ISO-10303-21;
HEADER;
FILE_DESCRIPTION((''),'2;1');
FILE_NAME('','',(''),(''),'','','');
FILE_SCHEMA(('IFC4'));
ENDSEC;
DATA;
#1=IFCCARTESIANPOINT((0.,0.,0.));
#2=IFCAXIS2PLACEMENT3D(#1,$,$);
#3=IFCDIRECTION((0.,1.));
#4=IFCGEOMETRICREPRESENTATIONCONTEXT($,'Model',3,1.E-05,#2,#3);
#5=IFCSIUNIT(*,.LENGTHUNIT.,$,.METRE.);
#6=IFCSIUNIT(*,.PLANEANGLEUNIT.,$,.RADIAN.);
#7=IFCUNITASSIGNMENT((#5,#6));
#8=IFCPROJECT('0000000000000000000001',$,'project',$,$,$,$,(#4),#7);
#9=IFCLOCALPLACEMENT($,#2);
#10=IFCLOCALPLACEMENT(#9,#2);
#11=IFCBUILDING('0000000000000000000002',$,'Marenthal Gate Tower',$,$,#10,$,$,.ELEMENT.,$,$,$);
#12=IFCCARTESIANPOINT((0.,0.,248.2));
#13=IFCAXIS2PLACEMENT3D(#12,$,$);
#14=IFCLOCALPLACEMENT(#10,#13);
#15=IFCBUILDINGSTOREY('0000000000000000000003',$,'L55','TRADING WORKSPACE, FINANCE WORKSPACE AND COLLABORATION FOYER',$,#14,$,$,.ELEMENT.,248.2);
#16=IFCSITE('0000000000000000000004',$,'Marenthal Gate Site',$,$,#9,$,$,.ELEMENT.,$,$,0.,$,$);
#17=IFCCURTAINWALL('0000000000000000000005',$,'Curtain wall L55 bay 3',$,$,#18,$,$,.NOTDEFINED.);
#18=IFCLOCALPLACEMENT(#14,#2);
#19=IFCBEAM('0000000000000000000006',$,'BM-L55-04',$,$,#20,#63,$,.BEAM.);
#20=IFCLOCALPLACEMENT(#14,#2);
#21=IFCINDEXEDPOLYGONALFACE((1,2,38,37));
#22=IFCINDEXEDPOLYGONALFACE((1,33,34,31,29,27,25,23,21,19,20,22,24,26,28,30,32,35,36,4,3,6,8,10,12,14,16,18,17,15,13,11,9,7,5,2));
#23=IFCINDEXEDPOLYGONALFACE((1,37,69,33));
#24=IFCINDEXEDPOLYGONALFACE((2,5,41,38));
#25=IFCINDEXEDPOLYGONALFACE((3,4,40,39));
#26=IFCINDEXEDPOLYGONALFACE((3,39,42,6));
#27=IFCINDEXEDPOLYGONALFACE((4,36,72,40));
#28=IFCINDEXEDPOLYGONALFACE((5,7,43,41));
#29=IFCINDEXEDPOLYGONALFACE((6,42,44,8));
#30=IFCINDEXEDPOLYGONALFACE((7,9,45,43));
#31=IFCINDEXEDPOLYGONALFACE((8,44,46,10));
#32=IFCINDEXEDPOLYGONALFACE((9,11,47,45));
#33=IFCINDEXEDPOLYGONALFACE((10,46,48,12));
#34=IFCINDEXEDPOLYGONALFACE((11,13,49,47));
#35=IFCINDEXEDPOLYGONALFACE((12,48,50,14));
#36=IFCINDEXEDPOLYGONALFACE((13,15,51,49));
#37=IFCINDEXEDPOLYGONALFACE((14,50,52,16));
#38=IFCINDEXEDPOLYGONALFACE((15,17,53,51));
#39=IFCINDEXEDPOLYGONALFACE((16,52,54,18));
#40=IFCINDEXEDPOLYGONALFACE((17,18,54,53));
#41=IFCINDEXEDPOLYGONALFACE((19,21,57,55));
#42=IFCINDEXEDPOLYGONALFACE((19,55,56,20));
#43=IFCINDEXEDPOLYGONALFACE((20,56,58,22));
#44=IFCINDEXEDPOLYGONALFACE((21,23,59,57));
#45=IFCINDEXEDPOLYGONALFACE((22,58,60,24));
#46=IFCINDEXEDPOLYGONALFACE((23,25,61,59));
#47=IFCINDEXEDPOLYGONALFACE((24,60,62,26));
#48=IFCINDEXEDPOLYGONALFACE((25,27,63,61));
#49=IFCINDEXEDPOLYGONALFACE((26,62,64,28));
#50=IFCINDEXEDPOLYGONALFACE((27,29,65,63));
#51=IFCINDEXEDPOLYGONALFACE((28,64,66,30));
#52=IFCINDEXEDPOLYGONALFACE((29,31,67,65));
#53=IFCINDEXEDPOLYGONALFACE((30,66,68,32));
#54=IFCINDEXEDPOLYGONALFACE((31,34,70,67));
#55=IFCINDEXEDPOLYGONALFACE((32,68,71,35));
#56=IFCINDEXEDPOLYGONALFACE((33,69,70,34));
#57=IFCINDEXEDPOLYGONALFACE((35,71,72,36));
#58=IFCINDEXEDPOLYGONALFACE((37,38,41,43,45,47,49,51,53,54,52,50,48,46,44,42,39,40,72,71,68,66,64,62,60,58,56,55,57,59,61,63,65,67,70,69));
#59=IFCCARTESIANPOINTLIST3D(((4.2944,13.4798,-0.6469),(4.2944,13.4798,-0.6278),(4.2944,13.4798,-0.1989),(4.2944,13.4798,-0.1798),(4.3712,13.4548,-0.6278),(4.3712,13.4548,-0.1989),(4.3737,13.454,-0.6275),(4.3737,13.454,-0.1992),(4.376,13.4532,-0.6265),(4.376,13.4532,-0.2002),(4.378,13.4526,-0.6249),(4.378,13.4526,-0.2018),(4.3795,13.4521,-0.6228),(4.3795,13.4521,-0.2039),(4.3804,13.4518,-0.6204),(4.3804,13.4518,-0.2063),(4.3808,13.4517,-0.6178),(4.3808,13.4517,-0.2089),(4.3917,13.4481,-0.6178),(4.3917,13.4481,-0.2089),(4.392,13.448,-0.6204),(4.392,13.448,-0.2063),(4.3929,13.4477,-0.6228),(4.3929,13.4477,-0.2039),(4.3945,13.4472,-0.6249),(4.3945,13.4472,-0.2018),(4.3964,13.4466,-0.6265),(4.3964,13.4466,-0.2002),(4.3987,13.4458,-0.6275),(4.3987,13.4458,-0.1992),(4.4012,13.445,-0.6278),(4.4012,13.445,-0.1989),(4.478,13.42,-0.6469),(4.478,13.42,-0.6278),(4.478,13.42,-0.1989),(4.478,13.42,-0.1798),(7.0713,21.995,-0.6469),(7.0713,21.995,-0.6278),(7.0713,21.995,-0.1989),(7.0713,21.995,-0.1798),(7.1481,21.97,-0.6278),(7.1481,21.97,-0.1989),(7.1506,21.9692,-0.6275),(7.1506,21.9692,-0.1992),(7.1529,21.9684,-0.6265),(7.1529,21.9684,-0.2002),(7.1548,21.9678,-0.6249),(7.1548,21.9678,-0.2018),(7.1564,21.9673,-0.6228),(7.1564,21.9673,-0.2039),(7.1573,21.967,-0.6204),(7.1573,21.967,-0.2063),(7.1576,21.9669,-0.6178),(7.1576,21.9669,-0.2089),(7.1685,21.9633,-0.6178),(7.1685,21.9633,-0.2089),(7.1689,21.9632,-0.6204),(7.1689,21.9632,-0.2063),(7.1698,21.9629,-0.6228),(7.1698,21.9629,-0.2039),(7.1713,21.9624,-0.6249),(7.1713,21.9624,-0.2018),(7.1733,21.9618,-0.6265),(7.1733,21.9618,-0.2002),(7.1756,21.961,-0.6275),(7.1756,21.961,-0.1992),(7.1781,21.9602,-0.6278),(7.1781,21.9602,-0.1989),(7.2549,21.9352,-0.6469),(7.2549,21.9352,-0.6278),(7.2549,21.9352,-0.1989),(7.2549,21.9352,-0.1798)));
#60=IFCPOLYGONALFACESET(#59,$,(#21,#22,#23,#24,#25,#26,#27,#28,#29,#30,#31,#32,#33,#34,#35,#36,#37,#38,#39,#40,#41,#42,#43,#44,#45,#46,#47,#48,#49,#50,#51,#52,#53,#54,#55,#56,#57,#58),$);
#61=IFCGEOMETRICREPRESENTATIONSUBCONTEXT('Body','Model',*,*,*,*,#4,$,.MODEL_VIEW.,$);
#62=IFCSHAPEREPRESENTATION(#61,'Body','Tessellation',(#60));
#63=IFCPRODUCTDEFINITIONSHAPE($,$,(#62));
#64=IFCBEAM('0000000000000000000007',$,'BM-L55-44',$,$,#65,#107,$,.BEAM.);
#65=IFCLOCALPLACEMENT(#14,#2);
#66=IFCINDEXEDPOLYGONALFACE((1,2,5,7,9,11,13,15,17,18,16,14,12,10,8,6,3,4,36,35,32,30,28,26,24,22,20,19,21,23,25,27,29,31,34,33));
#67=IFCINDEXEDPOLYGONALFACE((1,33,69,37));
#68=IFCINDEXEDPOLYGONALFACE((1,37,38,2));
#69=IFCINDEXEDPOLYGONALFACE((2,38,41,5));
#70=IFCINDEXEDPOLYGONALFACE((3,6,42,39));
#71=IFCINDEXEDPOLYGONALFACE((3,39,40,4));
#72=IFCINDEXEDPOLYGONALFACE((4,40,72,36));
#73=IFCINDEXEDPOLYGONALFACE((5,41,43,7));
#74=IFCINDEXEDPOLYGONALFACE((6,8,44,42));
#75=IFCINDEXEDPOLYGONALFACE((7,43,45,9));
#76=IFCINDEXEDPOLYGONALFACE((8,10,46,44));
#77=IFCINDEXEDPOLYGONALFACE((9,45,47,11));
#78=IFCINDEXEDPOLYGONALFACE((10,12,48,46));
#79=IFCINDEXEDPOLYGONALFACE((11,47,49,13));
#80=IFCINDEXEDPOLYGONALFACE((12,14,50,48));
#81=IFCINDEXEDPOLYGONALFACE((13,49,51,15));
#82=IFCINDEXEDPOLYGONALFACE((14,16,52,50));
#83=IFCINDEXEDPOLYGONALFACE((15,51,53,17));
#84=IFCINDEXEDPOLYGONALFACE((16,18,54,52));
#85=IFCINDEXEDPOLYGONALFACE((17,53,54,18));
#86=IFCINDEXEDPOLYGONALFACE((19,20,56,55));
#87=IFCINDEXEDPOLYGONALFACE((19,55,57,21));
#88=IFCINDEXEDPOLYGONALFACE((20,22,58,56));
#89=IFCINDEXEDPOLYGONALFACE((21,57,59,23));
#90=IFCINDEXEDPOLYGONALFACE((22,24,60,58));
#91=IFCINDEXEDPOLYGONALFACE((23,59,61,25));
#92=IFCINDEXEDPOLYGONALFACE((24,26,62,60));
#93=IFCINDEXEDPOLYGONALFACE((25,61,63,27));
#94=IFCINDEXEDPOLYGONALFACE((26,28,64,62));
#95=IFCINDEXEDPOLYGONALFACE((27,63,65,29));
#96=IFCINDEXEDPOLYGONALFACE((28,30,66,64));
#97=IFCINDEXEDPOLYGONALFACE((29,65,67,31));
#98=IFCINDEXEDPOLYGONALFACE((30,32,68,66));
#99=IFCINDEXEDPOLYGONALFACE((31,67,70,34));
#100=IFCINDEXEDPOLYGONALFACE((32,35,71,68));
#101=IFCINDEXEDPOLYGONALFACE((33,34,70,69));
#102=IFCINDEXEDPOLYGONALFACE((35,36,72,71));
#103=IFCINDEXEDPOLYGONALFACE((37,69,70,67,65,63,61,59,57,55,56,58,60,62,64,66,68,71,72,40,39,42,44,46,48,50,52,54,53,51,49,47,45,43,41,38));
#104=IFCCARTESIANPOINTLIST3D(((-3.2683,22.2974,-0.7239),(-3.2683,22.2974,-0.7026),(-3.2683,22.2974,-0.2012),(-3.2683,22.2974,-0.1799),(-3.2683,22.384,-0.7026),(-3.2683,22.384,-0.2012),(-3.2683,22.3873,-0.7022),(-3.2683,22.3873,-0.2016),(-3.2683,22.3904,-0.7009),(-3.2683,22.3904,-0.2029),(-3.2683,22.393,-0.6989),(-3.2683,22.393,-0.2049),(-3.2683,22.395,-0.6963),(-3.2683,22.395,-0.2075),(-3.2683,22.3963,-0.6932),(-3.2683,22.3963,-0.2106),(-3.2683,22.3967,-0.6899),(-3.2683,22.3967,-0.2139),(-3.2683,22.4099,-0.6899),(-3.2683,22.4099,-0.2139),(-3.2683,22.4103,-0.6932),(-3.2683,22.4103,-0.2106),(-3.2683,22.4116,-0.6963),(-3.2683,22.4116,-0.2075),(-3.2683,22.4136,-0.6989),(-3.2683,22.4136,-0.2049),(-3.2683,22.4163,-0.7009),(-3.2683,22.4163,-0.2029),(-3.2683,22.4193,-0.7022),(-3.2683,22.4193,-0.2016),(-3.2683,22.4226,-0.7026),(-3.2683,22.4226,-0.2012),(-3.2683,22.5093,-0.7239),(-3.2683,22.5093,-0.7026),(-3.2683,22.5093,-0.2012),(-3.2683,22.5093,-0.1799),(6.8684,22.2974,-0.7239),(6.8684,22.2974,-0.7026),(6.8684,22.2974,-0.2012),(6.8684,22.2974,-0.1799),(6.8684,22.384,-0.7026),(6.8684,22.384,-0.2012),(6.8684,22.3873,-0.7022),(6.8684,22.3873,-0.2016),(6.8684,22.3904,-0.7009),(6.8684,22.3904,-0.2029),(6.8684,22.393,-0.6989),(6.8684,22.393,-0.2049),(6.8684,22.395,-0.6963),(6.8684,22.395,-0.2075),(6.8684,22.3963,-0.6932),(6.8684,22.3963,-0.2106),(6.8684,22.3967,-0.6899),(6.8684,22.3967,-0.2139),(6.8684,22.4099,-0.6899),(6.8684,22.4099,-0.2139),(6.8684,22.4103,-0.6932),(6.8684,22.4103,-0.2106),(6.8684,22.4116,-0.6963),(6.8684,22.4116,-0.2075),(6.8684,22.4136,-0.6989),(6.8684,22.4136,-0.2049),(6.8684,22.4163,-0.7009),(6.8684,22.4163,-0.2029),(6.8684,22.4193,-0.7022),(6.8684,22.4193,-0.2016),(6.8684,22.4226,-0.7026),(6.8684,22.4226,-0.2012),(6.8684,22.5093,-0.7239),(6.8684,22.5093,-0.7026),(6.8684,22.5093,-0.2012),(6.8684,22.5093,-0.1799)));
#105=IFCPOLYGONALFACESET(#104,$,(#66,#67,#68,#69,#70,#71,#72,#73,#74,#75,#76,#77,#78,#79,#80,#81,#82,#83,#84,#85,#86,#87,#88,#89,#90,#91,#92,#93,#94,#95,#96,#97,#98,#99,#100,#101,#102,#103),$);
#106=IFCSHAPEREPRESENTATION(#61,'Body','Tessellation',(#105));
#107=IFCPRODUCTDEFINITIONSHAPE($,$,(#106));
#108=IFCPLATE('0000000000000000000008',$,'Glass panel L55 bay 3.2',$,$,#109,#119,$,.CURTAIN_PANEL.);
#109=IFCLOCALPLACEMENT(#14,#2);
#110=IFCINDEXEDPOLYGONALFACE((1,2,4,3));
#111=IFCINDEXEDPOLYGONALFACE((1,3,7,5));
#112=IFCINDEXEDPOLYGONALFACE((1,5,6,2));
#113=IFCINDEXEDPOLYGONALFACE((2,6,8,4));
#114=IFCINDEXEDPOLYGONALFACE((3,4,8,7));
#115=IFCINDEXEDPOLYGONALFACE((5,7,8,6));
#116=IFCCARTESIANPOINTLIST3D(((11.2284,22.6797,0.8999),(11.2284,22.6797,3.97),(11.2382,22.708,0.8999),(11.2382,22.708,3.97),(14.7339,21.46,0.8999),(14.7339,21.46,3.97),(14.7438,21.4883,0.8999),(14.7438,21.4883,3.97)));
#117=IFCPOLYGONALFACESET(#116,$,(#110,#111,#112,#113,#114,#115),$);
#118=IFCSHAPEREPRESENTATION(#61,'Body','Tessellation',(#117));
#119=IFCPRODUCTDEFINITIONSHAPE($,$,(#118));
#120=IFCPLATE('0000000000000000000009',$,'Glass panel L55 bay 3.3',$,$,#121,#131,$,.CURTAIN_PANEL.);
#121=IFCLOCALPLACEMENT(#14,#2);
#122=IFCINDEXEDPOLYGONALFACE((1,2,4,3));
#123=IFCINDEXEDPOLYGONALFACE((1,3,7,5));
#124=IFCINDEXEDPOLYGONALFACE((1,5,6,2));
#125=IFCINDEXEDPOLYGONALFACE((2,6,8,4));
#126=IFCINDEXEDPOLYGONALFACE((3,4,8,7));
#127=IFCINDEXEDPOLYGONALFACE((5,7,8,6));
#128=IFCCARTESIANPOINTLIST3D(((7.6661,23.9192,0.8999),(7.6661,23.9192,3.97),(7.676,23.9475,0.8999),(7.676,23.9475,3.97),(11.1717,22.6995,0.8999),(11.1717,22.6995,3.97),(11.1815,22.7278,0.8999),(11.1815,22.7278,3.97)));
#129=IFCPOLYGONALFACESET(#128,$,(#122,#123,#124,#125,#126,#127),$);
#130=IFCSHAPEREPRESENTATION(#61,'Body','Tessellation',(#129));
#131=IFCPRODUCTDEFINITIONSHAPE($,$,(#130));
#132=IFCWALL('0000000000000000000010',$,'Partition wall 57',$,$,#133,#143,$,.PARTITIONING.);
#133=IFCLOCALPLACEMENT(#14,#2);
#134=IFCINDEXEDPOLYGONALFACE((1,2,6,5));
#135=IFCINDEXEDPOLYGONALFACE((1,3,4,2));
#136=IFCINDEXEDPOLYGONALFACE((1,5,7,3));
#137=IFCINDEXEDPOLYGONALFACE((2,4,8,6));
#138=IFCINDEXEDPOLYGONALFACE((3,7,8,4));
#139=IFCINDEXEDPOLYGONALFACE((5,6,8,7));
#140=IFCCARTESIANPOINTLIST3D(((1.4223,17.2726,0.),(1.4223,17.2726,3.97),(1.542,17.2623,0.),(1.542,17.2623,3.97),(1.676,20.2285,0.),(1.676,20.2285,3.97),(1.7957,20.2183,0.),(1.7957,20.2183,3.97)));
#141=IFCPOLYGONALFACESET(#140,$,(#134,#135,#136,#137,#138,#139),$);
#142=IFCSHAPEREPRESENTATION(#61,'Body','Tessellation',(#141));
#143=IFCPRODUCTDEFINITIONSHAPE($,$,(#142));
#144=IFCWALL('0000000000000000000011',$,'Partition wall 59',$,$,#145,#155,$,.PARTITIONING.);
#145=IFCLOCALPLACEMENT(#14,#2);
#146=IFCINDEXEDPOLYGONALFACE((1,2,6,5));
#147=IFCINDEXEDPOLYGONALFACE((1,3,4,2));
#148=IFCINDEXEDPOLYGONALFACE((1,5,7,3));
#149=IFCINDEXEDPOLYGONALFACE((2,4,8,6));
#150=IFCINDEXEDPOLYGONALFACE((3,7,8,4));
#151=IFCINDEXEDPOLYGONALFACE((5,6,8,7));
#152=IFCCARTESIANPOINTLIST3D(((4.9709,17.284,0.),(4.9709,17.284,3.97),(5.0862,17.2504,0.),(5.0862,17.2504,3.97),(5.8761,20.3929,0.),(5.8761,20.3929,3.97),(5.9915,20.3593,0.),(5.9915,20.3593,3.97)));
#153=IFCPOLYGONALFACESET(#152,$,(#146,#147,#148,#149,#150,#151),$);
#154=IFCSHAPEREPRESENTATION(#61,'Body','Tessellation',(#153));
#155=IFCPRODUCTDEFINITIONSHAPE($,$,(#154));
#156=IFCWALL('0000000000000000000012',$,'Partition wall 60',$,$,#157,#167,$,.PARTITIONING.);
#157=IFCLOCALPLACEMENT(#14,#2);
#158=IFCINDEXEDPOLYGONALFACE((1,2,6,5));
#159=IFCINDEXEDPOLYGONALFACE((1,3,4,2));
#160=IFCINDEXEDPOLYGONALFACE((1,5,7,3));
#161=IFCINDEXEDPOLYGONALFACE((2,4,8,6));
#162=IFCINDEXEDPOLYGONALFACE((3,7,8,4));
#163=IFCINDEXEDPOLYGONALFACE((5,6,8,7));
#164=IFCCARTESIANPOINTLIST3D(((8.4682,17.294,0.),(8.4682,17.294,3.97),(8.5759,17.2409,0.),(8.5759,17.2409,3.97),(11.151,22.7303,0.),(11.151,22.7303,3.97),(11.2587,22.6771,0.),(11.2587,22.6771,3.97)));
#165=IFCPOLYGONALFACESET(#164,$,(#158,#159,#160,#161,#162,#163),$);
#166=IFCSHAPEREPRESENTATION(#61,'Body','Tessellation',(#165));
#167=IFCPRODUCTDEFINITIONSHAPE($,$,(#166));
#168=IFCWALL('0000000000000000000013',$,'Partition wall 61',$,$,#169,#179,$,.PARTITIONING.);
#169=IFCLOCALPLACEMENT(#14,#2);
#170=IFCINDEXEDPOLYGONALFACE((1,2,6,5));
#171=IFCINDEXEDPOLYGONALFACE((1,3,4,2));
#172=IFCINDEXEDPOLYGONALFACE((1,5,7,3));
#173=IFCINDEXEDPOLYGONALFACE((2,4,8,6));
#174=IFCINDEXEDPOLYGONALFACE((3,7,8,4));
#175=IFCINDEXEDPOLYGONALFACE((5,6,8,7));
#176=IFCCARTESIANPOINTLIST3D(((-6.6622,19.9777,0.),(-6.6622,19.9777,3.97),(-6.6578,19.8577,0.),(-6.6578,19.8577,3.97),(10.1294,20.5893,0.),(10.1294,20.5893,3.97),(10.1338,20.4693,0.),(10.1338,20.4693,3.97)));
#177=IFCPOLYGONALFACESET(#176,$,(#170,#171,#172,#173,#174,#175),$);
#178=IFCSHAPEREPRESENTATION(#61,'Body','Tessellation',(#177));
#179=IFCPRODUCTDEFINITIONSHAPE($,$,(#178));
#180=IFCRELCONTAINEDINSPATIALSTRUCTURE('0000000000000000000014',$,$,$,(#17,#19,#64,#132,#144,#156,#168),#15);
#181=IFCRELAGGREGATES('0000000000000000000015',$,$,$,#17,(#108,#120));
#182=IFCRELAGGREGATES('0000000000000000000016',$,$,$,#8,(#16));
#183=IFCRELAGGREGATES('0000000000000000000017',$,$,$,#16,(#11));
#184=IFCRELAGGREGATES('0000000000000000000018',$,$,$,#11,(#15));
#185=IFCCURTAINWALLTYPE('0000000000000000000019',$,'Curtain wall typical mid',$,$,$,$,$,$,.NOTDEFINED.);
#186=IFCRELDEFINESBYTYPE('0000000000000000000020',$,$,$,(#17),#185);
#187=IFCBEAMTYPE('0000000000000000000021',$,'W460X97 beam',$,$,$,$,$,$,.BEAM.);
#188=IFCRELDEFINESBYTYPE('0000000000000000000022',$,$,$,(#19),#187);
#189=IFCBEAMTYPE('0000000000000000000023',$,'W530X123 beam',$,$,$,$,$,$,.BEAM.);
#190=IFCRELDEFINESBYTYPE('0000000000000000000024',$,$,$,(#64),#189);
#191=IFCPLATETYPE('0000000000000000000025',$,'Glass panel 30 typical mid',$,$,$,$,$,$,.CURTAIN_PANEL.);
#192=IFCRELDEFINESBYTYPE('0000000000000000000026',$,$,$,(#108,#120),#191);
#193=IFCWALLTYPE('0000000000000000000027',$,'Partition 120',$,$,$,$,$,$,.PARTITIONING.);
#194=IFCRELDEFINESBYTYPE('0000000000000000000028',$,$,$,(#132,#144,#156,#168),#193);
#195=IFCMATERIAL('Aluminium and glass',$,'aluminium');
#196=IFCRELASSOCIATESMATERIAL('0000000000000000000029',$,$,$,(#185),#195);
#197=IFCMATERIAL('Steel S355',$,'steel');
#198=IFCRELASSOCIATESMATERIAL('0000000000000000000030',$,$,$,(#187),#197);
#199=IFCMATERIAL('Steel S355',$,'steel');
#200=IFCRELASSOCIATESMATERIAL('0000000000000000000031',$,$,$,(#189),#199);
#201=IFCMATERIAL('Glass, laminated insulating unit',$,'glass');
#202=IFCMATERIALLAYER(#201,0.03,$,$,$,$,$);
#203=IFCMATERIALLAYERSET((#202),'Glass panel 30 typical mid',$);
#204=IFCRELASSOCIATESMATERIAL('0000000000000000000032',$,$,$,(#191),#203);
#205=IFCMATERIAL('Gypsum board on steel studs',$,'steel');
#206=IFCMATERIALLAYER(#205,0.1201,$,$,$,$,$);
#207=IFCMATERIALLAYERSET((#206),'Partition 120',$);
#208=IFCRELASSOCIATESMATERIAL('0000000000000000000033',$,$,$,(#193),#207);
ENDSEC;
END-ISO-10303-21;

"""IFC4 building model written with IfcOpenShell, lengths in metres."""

from ifc_helpers import new_model, si_unit, direction, frame, frame_2d, origin, origin_2d, place, context, subcontext, project, spatial, rectangle, i_section, extrude, material, layer, layer_set, material_profile, profile_set, type_object, element, aggregate, save


model = new_model("IFC4")

# Units and contexts
model_context = context("Model", 3, precision=1e-05, world=origin(), true_north=direction((0.0, 1.0)))
body_context = subcontext(model_context, "Body", "Model", "MODEL_VIEW")
ifc_project = project(units=[si_unit("LENGTHUNIT", "METRE"), si_unit("PLANEANGLEUNIT", "RADIAN")], contexts=[model_context])

# Site, building, storey
site_placement = place(None, origin())
site = spatial("IfcSite", under=ifc_project, at=site_placement, Name="Marenthal Gate Site", CompositionType="ELEMENT", RefElevation=0.0)
building_placement = place(site_placement, origin())
building = spatial("IfcBuilding", under=site, at=building_placement, Name="Marenthal Gate Tower", CompositionType="ELEMENT")
storey_placement = place(building_placement, frame((0.0, 0.0, 248.2)))
storey = spatial("IfcBuildingStorey", under=building, at=storey_placement, Name="L55", Description="TRADING WORKSPACE, FINANCE WORKSPACE AND COLLABORATION FOYER", CompositionType="ELEMENT", Elevation=248.2)

# Curtain wall
ifc_material_1 = material(Name="Aluminium and glass", Category="aluminium")
curtain_wall_type = type_object("IfcCurtainWallType", Name="Curtain wall typical mid", PredefinedType="NOTDEFINED", material=ifc_material_1)
curtain_wall_placement = place(storey_placement, origin())
curtain_wall = element("IfcCurtainWall", 1, at=curtain_wall_placement, inside=storey, type_object=curtain_wall_type, Name="Curtain wall L55 bay 3", PredefinedType="NOTDEFINED")

# Beams
ifc_material_2 = material(Name="Steel S355", Category="steel")
ifc_material_profile_1 = material_profile(ifc_material_2, i_section(OverallWidth=0.1931, OverallDepth=0.467, WebThickness=0.0115, FlangeThickness=0.019, FilletRadius=0.01, at=origin_2d()), Name="W460X97")
ifc_profile_set_1 = profile_set([ifc_material_profile_1], Name="Steel S355")
beam_type_1 = type_object("IfcBeamType", Name="W460X97 beam", PredefinedType="BEAM", material=ifc_profile_set_1)
beam_1_placement = place(storey_placement, frame((7.1631, 21.9651, -0.4133), z_axis=(-0.310039, -0.950724, 0.0), x_axis=(0.950724, -0.310039, 0.0)))
element("IfcBeam", 2, at=beam_1_placement, inside=storey, type_object=beam_type_1, Name="BM-L55-04", PredefinedType="BEAM", context=body_context, shape_type="SweptSolid", body=[
    extrude(i_section(OverallWidth=0.1931, OverallDepth=0.467, WebThickness=0.0115, FlangeThickness=0.019, FilletRadius=0.01, at=origin_2d()), origin(), (0.0, 0.0, 1.0), 8.9565),
])
ifc_material_3 = material(Name="Steel S355", Category="steel")
ifc_material_profile_2 = material_profile(ifc_material_3, i_section(OverallWidth=0.2119, OverallDepth=0.5439, WebThickness=0.0132, FlangeThickness=0.0212, FilletRadius=0.0127, at=origin_2d()), Name="W530X123")
ifc_profile_set_2 = profile_set([ifc_material_profile_2], Name="Steel S355")
beam_type_2 = type_object("IfcBeamType", Name="W530X123 beam", PredefinedType="BEAM", material=ifc_profile_set_2)
beam_2_placement = place(storey_placement, frame((6.8684, 22.4033, -0.4519), z_axis=(-1.0, 0.0, 0.0), x_axis=(0.0, -1.0, 0.0)))
element("IfcBeam", 3, at=beam_2_placement, inside=storey, type_object=beam_type_2, Name="BM-L55-44", PredefinedType="BEAM", context=body_context, shape_type="SweptSolid", body=[
    extrude(i_section(OverallWidth=0.2119, OverallDepth=0.5439, WebThickness=0.0132, FlangeThickness=0.0212, FilletRadius=0.0127, at=origin_2d()), origin(), (0.0, 0.0, 1.0), 10.1367),
])

# Plates
ifc_material_4 = material(Name="Glass, laminated insulating unit", Category="glass")
ifc_layer_1 = layer(ifc_material_4, 0.03)
ifc_layer_set_1 = layer_set([ifc_layer_1], Name="Glass panel 30 typical mid")
plate_type = type_object("IfcPlateType", Name="Glass panel 30 typical mid", PredefinedType="CURTAIN_PANEL", material=ifc_layer_set_1)
plate_1_placement = place(storey_placement, frame((12.9861, 22.084, 0.8999), z_axis=(0.0, 0.0, 1.0), x_axis=(-0.944465, 0.328612, 0.0)))
plate_1 = element("IfcPlate", 4, at=plate_1_placement, type_object=plate_type, Name="Glass panel L55 bay 3.2", PredefinedType="CURTAIN_PANEL", context=body_context, shape_type="SweptSolid", body=[
    extrude(rectangle(XDim=3.7117, YDim=0.03, at=origin_2d()), origin(), (0.0, 0.0, 1.0), 3.0701),
])
plate_2_placement = place(storey_placement, frame((9.4238, 23.3235, 0.8999), z_axis=(0.0, 0.0, 1.0), x_axis=(-0.944465, 0.328612, 0.0)))
plate_2 = element("IfcPlate", 5, at=plate_2_placement, type_object=plate_type, Name="Glass panel L55 bay 3.3", PredefinedType="CURTAIN_PANEL", context=body_context, shape_type="SweptSolid", body=[
    extrude(rectangle(XDim=3.7117, YDim=0.03, at=origin_2d()), origin(), (0.0, 0.0, 1.0), 3.0701),
])
aggregate(curtain_wall, [plate_1, plate_2])

# Walls
ifc_material_5 = material(Name="Gypsum board on steel studs", Category="steel")
ifc_layer_2 = layer(ifc_material_5, 0.1201)
ifc_layer_set_2 = layer_set([ifc_layer_2], Name="Partition 120")
wall_type_1 = type_object("IfcWallType", Name="Partition 120", PredefinedType="PARTITIONING", material=ifc_layer_set_2)
wall_1_placement = place(storey_placement, frame((1.7358, 20.2234, 0.0), z_axis=(0.0, 0.0, 1.0), x_axis=(-0.085497, -0.996338, 0.0)))
element("IfcWall", 6, at=wall_1_placement, inside=storey, type_object=wall_type_1, Name="Partition wall 57", PredefinedType="PARTITIONING", context=body_context, shape_type="SweptSolid", body=[
    extrude(rectangle(XDim=2.9668, YDim=0.1201, at=frame_2d((1.4834, 0.0))), origin(), (0.0, 0.0, 1.0), 3.97),
])
wall_2_placement = place(storey_placement, frame((5.9338, 20.3762, 0.0), z_axis=(0.0, 0.0, 1.0), x_axis=(-0.279577, -0.960123, 0.0)))
element("IfcWall", 7, at=wall_2_placement, inside=storey, type_object=wall_type_1, Name="Partition wall 59", PredefinedType="PARTITIONING", context=body_context, shape_type="SweptSolid", body=[
    extrude(rectangle(XDim=3.238, YDim=0.1201, at=frame_2d((1.6191, 0.0))), origin(), (0.0, 0.0, 1.0), 3.97),
])
wall_3_placement = place(storey_placement, frame((8.522, 17.2673, 0.0), z_axis=(0.0, 0.0, 1.0), x_axis=(0.442552, 0.896743, 0.0)))
element("IfcWall", 8, at=wall_3_placement, inside=storey, type_object=wall_type_1, Name="Partition wall 60", PredefinedType="PARTITIONING", context=body_context, shape_type="SweptSolid", body=[
    extrude(rectangle(XDim=6.0623, YDim=0.1201, at=frame_2d((3.0312, 0.0))), origin(), (0.0, 0.0, 1.0), 3.97),
])
wall_4_placement = place(storey_placement, frame((10.1316, 20.5293, 0.0), z_axis=(0.0, 0.0, 1.0), x_axis=(-0.999337, -0.036397, 0.0)))
element("IfcWall", 9, at=wall_4_placement, inside=storey, type_object=wall_type_1, Name="Partition wall 61", PredefinedType="PARTITIONING", context=body_context, shape_type="SweptSolid", body=[
    extrude(rectangle(XDim=16.8027, YDim=0.1201, at=frame_2d((8.4014, 0.0))), origin(), (0.0, 0.0, 1.0), 3.97),
])

save(model, "model.ifc")
